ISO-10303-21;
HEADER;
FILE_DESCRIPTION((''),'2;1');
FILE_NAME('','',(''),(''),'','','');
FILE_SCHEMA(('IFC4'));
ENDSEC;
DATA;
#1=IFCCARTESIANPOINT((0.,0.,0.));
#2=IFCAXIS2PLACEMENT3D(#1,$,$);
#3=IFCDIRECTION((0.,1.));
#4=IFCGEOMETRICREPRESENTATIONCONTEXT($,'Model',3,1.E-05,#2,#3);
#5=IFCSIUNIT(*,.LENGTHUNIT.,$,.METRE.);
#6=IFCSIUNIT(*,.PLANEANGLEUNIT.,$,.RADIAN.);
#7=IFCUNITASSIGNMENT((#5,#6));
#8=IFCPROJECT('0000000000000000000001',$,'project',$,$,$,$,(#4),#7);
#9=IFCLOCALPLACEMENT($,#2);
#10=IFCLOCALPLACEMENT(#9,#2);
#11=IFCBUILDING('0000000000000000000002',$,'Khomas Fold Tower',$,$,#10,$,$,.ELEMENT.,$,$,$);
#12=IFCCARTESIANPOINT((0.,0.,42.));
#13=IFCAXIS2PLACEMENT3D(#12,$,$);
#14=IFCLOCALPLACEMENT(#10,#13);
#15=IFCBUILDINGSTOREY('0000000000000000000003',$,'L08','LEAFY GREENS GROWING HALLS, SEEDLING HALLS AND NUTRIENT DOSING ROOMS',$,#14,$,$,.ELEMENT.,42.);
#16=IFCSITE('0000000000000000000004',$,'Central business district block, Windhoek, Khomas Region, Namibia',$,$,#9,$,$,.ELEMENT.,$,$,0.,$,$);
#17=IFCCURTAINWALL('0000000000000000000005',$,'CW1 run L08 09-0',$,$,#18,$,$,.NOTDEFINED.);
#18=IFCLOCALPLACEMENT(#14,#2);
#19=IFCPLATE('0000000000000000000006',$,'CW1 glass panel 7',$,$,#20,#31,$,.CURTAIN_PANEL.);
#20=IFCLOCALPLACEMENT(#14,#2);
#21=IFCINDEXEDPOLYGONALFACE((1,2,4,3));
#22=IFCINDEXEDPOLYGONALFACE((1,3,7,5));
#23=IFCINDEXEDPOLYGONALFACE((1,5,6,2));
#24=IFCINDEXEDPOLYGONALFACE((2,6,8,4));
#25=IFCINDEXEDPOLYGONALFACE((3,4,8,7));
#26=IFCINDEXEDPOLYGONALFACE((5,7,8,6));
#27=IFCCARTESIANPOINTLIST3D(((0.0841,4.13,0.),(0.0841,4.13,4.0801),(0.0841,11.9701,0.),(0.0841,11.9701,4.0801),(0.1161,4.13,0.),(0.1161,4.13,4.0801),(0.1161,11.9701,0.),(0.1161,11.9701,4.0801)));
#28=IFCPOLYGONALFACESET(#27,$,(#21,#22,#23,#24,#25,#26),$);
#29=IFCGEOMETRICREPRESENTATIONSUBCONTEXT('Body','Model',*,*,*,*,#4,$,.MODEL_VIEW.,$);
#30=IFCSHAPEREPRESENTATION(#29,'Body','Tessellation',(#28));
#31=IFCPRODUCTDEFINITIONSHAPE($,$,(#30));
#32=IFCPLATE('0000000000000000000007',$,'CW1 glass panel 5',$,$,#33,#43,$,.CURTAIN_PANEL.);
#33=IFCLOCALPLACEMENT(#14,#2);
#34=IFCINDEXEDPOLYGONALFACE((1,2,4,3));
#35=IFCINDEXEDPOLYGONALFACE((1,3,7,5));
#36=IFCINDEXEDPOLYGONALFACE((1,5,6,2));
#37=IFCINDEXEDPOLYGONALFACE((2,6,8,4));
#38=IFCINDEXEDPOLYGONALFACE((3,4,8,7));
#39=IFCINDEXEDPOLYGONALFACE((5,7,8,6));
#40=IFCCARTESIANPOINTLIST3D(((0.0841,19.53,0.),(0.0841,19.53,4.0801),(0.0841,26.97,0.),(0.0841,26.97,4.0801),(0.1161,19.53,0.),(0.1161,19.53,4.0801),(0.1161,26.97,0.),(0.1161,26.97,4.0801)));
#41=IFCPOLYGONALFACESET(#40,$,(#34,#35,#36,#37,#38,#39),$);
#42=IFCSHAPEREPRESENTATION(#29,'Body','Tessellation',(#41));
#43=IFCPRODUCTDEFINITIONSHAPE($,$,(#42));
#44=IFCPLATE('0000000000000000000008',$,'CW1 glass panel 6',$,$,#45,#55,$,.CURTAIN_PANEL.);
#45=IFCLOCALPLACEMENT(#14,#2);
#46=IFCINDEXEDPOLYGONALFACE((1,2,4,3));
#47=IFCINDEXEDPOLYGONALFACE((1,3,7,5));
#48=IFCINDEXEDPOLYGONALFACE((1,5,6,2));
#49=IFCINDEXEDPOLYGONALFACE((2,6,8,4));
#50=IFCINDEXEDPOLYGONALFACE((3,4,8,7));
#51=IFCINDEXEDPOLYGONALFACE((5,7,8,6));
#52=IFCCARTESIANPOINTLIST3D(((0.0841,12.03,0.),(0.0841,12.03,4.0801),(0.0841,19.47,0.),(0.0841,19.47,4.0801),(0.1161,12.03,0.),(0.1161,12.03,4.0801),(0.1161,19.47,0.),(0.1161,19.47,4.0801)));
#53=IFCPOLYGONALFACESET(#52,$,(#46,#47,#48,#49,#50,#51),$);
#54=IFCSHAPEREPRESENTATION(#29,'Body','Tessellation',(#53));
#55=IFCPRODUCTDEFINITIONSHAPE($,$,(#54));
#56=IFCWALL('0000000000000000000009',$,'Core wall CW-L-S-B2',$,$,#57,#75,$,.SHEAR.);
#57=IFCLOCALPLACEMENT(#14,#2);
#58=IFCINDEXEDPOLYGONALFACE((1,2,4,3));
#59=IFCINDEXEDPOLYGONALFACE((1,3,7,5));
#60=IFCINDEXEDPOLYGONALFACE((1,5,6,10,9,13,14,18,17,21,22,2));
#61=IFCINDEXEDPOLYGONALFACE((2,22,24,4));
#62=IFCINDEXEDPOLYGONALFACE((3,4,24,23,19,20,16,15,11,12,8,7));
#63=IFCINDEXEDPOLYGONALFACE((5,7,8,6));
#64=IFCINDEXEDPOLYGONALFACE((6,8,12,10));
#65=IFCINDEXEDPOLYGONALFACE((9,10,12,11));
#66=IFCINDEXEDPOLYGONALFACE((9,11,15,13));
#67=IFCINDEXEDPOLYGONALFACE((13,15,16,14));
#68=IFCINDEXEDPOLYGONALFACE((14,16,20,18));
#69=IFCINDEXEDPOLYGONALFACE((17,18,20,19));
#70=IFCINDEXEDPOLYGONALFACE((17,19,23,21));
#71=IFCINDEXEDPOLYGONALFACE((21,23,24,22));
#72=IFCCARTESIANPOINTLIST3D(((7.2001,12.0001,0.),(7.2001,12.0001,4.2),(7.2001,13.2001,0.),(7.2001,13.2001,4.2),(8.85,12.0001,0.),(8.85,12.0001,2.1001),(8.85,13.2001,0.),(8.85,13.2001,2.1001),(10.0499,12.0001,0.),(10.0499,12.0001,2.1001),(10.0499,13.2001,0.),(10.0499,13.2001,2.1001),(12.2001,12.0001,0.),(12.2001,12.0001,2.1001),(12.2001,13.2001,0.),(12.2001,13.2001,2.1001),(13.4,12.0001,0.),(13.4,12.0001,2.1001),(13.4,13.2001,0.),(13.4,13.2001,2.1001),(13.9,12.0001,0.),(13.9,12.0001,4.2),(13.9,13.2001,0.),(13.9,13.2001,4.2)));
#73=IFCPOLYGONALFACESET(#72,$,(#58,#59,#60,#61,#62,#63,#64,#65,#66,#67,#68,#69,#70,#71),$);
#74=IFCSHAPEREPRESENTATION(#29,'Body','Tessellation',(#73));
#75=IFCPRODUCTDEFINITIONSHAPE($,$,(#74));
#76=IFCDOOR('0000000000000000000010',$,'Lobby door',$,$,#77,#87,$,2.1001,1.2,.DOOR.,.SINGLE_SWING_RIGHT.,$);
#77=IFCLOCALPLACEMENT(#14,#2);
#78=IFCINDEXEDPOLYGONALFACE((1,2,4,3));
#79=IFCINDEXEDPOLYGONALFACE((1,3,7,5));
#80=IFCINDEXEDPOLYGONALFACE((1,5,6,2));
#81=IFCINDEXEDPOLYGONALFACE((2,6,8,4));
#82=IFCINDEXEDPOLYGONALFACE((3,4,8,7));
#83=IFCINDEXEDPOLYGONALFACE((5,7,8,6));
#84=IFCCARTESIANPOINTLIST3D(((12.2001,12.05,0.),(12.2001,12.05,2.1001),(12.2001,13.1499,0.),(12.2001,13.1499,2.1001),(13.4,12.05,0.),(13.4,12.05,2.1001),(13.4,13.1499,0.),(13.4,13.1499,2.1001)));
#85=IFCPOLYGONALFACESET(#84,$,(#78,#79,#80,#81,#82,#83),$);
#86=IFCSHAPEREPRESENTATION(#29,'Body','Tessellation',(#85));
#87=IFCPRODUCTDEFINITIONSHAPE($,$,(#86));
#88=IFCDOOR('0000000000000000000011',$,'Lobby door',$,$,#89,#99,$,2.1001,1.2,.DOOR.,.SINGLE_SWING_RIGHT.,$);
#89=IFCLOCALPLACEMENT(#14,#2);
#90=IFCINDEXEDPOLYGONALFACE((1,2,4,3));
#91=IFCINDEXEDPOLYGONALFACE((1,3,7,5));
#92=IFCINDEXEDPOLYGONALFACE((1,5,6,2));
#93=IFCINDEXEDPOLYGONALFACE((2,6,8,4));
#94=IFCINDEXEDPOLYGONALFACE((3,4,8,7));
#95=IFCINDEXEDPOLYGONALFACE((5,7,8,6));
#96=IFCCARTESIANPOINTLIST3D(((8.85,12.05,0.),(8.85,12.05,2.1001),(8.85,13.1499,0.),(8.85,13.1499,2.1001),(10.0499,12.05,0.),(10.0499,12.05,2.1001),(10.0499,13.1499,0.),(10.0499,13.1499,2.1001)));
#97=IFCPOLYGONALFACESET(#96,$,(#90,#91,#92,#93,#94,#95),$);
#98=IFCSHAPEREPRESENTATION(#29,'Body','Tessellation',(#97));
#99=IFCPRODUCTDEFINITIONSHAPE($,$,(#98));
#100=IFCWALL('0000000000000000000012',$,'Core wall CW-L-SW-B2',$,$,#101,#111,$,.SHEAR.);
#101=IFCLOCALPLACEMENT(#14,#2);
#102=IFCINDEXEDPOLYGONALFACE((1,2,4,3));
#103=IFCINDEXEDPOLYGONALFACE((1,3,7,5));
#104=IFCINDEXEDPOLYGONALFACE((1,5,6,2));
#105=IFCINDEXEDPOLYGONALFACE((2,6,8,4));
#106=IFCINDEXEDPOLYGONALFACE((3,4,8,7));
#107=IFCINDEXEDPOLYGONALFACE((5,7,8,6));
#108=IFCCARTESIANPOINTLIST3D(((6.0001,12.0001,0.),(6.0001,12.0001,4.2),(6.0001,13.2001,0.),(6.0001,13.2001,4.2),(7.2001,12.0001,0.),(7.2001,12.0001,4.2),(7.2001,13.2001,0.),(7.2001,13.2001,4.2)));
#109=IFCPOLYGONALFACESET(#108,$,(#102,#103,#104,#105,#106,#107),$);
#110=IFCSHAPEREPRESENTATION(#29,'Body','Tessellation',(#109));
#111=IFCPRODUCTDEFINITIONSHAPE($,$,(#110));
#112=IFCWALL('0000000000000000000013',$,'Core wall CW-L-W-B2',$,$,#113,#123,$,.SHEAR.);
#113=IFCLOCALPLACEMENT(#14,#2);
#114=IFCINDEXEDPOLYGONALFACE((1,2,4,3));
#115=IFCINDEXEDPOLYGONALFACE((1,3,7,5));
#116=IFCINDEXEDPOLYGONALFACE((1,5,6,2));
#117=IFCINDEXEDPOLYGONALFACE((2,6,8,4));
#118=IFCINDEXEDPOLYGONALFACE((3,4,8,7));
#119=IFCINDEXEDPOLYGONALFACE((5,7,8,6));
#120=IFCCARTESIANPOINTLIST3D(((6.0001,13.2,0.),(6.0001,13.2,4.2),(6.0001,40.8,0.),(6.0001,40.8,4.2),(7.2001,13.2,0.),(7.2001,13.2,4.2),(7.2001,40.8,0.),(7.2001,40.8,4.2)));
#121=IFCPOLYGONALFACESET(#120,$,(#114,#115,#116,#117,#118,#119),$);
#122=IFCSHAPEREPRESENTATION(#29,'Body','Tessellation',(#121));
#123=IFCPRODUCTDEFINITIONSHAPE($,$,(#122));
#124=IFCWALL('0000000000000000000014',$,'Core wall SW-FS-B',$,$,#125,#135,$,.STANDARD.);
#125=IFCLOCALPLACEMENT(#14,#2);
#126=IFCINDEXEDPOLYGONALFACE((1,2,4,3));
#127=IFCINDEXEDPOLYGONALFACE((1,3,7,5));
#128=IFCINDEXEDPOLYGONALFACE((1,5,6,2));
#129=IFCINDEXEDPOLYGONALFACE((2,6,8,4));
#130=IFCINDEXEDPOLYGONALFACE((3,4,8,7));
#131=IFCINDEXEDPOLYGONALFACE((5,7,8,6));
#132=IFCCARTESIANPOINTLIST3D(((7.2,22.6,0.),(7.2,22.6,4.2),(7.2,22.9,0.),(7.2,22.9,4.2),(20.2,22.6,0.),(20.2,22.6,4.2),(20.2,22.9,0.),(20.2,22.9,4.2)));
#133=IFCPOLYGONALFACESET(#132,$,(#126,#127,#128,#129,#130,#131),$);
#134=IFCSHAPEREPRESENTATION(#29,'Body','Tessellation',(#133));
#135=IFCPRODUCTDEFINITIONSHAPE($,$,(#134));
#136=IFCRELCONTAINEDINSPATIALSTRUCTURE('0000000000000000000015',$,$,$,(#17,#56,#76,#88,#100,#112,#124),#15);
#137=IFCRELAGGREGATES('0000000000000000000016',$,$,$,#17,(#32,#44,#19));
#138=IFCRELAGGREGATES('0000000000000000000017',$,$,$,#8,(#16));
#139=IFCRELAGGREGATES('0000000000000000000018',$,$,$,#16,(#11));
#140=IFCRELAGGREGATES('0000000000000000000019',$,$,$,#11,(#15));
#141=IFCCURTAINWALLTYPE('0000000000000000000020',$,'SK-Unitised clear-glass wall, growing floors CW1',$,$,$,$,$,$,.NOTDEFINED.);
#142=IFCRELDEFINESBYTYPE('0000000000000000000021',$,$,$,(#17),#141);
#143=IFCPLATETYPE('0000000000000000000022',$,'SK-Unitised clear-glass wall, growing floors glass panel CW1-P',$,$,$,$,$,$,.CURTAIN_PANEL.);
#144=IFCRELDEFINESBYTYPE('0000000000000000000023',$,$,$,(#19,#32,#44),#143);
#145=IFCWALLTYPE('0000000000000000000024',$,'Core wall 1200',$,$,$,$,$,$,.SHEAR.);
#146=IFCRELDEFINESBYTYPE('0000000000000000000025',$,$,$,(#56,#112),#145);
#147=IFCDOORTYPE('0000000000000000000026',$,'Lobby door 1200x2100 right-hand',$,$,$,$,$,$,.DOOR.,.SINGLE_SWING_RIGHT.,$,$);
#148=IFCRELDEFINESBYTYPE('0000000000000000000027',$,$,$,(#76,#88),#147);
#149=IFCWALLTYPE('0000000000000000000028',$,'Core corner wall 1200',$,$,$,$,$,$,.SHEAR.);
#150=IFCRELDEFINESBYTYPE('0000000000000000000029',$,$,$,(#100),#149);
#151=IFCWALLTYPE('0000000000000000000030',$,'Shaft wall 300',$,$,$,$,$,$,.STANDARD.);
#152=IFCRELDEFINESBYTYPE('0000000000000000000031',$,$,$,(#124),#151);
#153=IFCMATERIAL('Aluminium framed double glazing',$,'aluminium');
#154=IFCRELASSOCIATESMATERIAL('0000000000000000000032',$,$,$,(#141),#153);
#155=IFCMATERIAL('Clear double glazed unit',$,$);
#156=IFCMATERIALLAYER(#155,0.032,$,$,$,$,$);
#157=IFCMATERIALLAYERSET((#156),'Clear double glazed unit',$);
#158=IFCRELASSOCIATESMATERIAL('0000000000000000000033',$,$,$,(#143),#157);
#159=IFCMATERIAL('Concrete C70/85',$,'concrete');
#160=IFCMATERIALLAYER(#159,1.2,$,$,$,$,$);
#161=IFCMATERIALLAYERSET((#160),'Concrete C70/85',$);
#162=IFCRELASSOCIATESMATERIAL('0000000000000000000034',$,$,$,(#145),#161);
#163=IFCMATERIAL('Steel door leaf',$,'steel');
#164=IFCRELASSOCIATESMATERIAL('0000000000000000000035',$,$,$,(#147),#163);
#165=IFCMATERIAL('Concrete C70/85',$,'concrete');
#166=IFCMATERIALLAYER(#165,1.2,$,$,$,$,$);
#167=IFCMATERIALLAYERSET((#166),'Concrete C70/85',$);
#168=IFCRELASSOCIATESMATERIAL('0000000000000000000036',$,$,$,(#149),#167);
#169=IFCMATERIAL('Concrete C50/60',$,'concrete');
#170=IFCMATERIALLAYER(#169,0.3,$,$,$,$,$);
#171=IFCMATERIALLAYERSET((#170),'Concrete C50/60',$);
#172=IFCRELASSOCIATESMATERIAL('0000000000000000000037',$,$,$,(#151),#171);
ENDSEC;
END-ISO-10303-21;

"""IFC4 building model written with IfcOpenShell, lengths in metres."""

from ifc_helpers import new_model, si_unit, direction, frame, frame_2d, origin, origin_2d, place, context, subcontext, project, spatial, rectangle, extrude, source, transform, mapped, material, layer, layer_set, type_object, element, fill, aggregate, save


model = new_model("IFC4")

# Units and contexts
model_context = context("Model", 3, precision=1e-05, world=origin(), true_north=direction((0.0, 1.0)))
body_context = subcontext(model_context, "Body", "Model", "MODEL_VIEW")
ifc_project = project(units=[si_unit("LENGTHUNIT", "METRE"), si_unit("PLANEANGLEUNIT", "RADIAN")], contexts=[model_context])

# Site, building, storey
site_placement = place(None, origin())
site = spatial("IfcSite", under=ifc_project, at=site_placement, Name="Central business district block, Windhoek, Khomas Region, Namibia", CompositionType="ELEMENT", RefElevation=0.0)
building_placement = place(site_placement, origin())
building = spatial("IfcBuilding", under=site, at=building_placement, Name="Khomas Fold Tower", CompositionType="ELEMENT")
storey_placement = place(building_placement, frame((0.0, 0.0, 42.0)))
storey = spatial("IfcBuildingStorey", under=building, at=storey_placement, Name="L08", Description="LEAFY GREENS GROWING HALLS, SEEDLING HALLS AND NUTRIENT DOSING ROOMS", CompositionType="ELEMENT", Elevation=42.0)

# Curtain wall, plates
ifc_material_1 = material(Name="Aluminium framed double glazing", Category="aluminium")
curtain_wall_type = type_object("IfcCurtainWallType", Name="SK-Unitised clear-glass wall, growing floors CW1", PredefinedType="NOTDEFINED", material=ifc_material_1)
curtain_wall_placement = place(storey_placement, origin())
curtain_wall = element("IfcCurtainWall", 1, at=curtain_wall_placement, inside=storey, type_object=curtain_wall_type, Name="CW1 run L08 09-0", PredefinedType="NOTDEFINED")
ifc_material_2 = material(Name="Clear double glazed unit")
ifc_layer_1 = layer(ifc_material_2, 0.032)
ifc_layer_set_1 = layer_set([ifc_layer_1], Name="Clear double glazed unit")
plate_type = type_object("IfcPlateType", Name="SK-Unitised clear-glass wall, growing floors glass panel CW1-P", PredefinedType="CURTAIN_PANEL", material=ifc_layer_set_1)
shared_shape_1 = source(origin(), body_context, "Body", "SweptSolid", [
    extrude(rectangle(XDim=7.8401, YDim=0.032, at=origin_2d()), origin(), (0.0, 0.0, 1.0), 4.0801),
])
plate_1_placement = place(storey_placement, frame((0.1001, 8.05, 0.0), z_axis=(0.0, 0.0, 1.0), x_axis=(0.0, -1.0, 0.0)))
plate_1 = element("IfcPlate", 2, at=plate_1_placement, type_object=plate_type, Name="CW1 glass panel 7", PredefinedType="CURTAIN_PANEL", context=body_context, shape_type="MappedRepresentation", body=[
    mapped(shared_shape_1, transform((0.0, 0.0, 0.0))),
])
shared_shape_2 = source(origin(), body_context, "Body", "SweptSolid", [
    extrude(rectangle(XDim=7.4399, YDim=0.032, at=origin_2d()), origin(), (0.0, 0.0, 1.0), 4.0801),
])
plate_2_placement = place(storey_placement, frame((0.1001, 23.25, 0.0), z_axis=(0.0, 0.0, 1.0), x_axis=(0.0, -1.0, 0.0)))
plate_2 = element("IfcPlate", 3, at=plate_2_placement, type_object=plate_type, Name="CW1 glass panel 5", PredefinedType="CURTAIN_PANEL", context=body_context, shape_type="MappedRepresentation", body=[
    mapped(shared_shape_2, transform((0.0, 0.0, 0.0))),
])
plate_3_placement = place(storey_placement, frame((0.1001, 15.75, 0.0), z_axis=(0.0, 0.0, 1.0), x_axis=(0.0, -1.0, 0.0)))
plate_3 = element("IfcPlate", 4, at=plate_3_placement, type_object=plate_type, Name="CW1 glass panel 6", PredefinedType="CURTAIN_PANEL", context=body_context, shape_type="MappedRepresentation", body=[
    mapped(shared_shape_2, transform((0.0, 0.0, 0.0))),
])
aggregate(curtain_wall, [plate_2, plate_3, plate_1])

# Wall, openings, doors
ifc_material_3 = material(Name="Concrete C70/85", Category="concrete")
ifc_layer_2 = layer(ifc_material_3, 1.2)
ifc_layer_set_2 = layer_set([ifc_layer_2], Name="Concrete C70/85")
wall_type_1 = type_object("IfcWallType", Name="Core wall 1200", PredefinedType="SHEAR", material=ifc_layer_set_2)
shared_shape_3 = source(origin(), body_context, "Body", "SweptSolid", [
    extrude(rectangle(XDim=6.7, YDim=1.2, at=frame_2d((3.3501, 0.0))), origin(), (0.0, 0.0, 1.0), 4.2),
])
wall_1_placement = place(storey_placement, frame((7.2, 12.6001, 0.0), z_axis=(0.0, 0.0, 1.0), x_axis=(1.0, 0.0, 0.0)))
wall_1 = element("IfcWall", 5, at=wall_1_placement, inside=storey, type_object=wall_type_1, Name="Core wall CW-L-S-B2", PredefinedType="SHEAR", context=body_context, shape_type="MappedRepresentation", body=[
    mapped(shared_shape_3, transform((0.0, 0.0, 0.0))),
])
shared_shape_4 = source(origin(), body_context, "Body", "SweptSolid", [
    extrude(rectangle(XDim=1.2, YDim=2.1001, at=frame_2d((0.6001, 1.05))), frame((0.0, 0.6099, 0.0), z_axis=(0.0, -1.0, 0.0), x_axis=(1.0, 0.0, 0.0)), (0.0, 0.0, 1.0), 1.22),
])
opening_1_placement = place(wall_1_placement, frame((5.0, 0.0, 0.0)))
opening_1 = element("IfcOpeningElement", 6, at=opening_1_placement, cuts=wall_1, PredefinedType="OPENING", context=body_context, shape_type="MappedRepresentation", body=[
    mapped(shared_shape_4, transform((0.0, 0.0, 0.0))),
])
opening_2_placement = place(wall_1_placement, frame((1.6499, 0.0, 0.0)))
opening_2 = element("IfcOpeningElement", 7, at=opening_2_placement, cuts=wall_1, PredefinedType="OPENING", context=body_context, shape_type="MappedRepresentation", body=[
    mapped(shared_shape_4, transform((0.0, 0.0, 0.0))),
])
ifc_material_4 = material(Name="Steel door leaf", Category="steel")
door_type_1 = type_object("IfcDoorType", Name="Lobby door 1200x2100 right-hand", OperationType="SINGLE_SWING_RIGHT", PredefinedType="DOOR", material=ifc_material_4)
shared_shape_5 = source(origin(), body_context, "Body", "SweptSolid", [
    extrude(rectangle(XDim=1.2, YDim=2.1001, at=frame_2d((0.6001, 1.05))), frame((0.0, 0.5498, 0.0), z_axis=(0.0, -1.0, 0.0), x_axis=(1.0, 0.0, 0.0)), (0.0, 0.0, 1.0), 1.0999),
])
door_1_placement = place(opening_1_placement, origin())
door_1 = element("IfcDoor", 8, at=door_1_placement, inside=storey, type_object=door_type_1, Name="Lobby door", OperationType="SINGLE_SWING_RIGHT", OverallHeight=2.1001, OverallWidth=1.2, PredefinedType="DOOR", context=body_context, shape_type="MappedRepresentation", body=[
    mapped(shared_shape_5, transform((0.0, 0.0, 0.0))),
])
fill(opening_1, door_1)
door_2_placement = place(opening_2_placement, origin())
door_2 = element("IfcDoor", 9, at=door_2_placement, inside=storey, type_object=door_type_1, Name="Lobby door", OperationType="SINGLE_SWING_RIGHT", OverallHeight=2.1001, OverallWidth=1.2, PredefinedType="DOOR", context=body_context, shape_type="MappedRepresentation", body=[
    mapped(shared_shape_5, transform((0.0, 0.0, 0.0))),
])
fill(opening_2, door_2)

# Walls
ifc_material_5 = material(Name="Concrete C70/85", Category="concrete")
ifc_layer_3 = layer(ifc_material_5, 1.2)
ifc_layer_set_3 = layer_set([ifc_layer_3], Name="Concrete C70/85")
wall_type_2 = type_object("IfcWallType", Name="Core corner wall 1200", PredefinedType="SHEAR", material=ifc_layer_set_3)
shared_shape_6 = source(origin(), body_context, "Body", "SweptSolid", [
    extrude(rectangle(XDim=1.2, YDim=1.2, at=frame_2d((0.6001, 0.0))), origin(), (0.0, 0.0, 1.0), 4.2),
])
wall_2_placement = place(storey_placement, frame((6.0, 12.6001, 0.0), z_axis=(0.0, 0.0, 1.0), x_axis=(1.0, 0.0, 0.0)))
element("IfcWall", 10, at=wall_2_placement, inside=storey, type_object=wall_type_2, Name="Core wall CW-L-SW-B2", PredefinedType="SHEAR", context=body_context, shape_type="MappedRepresentation", body=[
    mapped(shared_shape_6, transform((0.0, 0.0, 0.0))),
])
shared_shape_7 = source(origin(), body_context, "Body", "SweptSolid", [
    extrude(rectangle(XDim=27.6001, YDim=1.2, at=frame_2d((13.8, 0.0))), origin(), (0.0, 0.0, 1.0), 4.2),
])
wall_3_placement = place(storey_placement, frame((6.6001, 13.2, 0.0), z_axis=(0.0, 0.0, 1.0), x_axis=(0.0, 1.0, 0.0)))
element("IfcWall", 11, at=wall_3_placement, inside=storey, type_object=wall_type_1, Name="Core wall CW-L-W-B2", PredefinedType="SHEAR", context=body_context, shape_type="MappedRepresentation", body=[
    mapped(shared_shape_7, transform((0.0, 0.0, 0.0))),
])
ifc_material_6 = material(Name="Concrete C50/60", Category="concrete")
ifc_layer_4 = layer(ifc_material_6, 0.3)
ifc_layer_set_4 = layer_set([ifc_layer_4], Name="Concrete C50/60")
wall_type_3 = type_object("IfcWallType", Name="Shaft wall 300", PredefinedType="STANDARD", material=ifc_layer_set_4)
shared_shape_8 = source(origin(), body_context, "Body", "SweptSolid", [
    extrude(rectangle(XDim=13.0, YDim=0.3, at=frame_2d((6.5, 0.0))), origin(), (0.0, 0.0, 1.0), 4.2),
])
wall_4_placement = place(storey_placement, frame((7.2, 22.75, 0.0), z_axis=(0.0, 0.0, 1.0), x_axis=(1.0, 0.0, 0.0)))
element("IfcWall", 12, at=wall_4_placement, inside=storey, type_object=wall_type_3, Name="Core wall SW-FS-B", PredefinedType="STANDARD", context=body_context, shape_type="MappedRepresentation", body=[
    mapped(shared_shape_8, transform((0.0, 0.0, 0.0))),
])

save(model, "model.ifc")
